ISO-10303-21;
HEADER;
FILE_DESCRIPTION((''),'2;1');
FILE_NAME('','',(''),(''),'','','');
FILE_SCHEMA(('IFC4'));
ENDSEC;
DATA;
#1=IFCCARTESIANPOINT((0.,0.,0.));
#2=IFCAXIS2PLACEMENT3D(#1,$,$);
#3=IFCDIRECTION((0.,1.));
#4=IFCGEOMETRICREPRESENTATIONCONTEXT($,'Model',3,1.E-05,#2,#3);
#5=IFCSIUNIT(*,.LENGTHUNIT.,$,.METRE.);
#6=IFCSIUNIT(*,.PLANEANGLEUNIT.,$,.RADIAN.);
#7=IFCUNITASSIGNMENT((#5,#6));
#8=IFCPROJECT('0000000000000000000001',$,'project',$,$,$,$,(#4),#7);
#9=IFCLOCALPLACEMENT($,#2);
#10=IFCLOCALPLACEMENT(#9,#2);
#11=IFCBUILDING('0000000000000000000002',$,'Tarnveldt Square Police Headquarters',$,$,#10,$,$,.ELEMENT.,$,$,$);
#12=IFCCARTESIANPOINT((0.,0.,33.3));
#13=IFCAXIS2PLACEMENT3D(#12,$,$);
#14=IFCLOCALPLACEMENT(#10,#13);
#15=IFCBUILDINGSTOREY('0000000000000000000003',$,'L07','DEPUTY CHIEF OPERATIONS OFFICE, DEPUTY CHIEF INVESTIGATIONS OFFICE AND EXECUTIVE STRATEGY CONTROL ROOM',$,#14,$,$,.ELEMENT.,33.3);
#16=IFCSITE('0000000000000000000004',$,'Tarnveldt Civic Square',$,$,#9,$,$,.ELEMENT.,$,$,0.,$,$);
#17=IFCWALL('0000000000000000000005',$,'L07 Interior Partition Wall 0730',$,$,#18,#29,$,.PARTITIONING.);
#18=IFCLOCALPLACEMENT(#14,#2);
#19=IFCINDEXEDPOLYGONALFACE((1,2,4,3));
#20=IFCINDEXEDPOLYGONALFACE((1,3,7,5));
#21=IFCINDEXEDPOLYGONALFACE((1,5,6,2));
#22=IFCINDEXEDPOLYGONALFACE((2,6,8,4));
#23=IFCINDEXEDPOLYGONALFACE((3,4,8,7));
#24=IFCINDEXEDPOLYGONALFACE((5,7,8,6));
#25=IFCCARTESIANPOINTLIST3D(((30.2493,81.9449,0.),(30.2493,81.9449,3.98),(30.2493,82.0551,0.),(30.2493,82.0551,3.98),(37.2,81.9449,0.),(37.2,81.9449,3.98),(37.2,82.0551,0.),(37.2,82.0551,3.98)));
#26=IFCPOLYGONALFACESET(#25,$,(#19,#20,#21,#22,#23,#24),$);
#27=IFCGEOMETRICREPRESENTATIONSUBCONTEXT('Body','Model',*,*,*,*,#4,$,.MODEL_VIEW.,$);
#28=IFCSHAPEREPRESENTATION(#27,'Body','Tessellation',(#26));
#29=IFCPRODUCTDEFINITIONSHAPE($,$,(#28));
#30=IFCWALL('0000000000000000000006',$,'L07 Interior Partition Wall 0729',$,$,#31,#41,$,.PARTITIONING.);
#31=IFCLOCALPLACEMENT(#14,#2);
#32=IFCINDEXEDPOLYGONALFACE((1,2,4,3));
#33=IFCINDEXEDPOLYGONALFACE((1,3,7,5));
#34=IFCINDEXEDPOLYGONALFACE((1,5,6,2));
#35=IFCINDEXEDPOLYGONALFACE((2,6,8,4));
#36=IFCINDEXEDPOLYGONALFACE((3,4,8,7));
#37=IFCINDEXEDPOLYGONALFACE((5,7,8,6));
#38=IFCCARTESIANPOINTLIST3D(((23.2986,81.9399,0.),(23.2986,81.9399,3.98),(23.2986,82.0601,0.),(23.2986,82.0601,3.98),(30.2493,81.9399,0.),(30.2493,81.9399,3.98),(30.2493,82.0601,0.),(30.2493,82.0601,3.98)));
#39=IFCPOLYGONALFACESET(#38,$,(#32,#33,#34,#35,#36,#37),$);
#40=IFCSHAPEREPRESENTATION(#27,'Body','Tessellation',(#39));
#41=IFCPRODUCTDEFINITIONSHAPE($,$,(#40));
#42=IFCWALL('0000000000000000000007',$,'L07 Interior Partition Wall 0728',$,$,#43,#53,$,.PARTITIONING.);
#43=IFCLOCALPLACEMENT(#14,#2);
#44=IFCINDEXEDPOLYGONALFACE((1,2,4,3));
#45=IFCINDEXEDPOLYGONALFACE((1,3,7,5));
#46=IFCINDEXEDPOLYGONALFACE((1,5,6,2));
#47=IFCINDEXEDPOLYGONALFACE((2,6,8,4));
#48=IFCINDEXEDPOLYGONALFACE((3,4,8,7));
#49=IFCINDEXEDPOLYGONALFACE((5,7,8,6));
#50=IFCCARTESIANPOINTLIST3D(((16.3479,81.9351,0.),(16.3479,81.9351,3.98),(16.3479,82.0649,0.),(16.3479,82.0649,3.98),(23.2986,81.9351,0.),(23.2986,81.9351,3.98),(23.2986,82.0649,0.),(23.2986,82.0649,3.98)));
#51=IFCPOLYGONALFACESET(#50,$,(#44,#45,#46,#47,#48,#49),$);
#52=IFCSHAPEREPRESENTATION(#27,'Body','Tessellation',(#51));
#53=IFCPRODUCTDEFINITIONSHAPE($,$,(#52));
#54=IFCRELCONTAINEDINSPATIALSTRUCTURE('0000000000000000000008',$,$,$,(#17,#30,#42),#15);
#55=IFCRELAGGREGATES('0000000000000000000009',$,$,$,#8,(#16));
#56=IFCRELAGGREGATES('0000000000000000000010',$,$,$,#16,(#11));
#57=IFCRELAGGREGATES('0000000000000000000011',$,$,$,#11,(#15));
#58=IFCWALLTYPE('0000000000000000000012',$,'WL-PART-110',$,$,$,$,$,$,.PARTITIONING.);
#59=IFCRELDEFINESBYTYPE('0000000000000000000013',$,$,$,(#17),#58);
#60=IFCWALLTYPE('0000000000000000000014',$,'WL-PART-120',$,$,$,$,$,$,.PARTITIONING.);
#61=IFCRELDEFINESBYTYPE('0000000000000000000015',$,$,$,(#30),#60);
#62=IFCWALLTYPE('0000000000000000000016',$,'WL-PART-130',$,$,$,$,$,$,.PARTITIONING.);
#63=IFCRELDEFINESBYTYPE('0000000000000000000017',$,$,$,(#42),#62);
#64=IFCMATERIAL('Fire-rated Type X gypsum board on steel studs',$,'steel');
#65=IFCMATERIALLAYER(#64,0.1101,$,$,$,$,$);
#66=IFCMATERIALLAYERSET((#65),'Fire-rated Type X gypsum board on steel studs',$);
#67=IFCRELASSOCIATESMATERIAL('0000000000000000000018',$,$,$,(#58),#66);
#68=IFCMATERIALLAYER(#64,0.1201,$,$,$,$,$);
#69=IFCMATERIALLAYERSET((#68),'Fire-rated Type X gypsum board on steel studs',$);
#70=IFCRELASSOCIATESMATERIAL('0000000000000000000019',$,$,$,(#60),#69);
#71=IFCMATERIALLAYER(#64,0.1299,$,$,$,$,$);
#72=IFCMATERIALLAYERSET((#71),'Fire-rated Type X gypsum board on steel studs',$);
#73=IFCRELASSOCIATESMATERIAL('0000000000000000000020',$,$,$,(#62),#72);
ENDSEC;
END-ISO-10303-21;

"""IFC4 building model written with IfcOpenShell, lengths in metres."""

from ifc_helpers import new_model, si_unit, direction, frame, frame_2d, origin, place, context, subcontext, project, spatial, rectangle, extrude, material, layer, layer_set, type_object, element, save


model = new_model("IFC4")

# Units and contexts
model_context = context("Model", 3, precision=1e-05, world=origin(), true_north=direction((0.0, 1.0)))
body_context = subcontext(model_context, "Body", "Model", "MODEL_VIEW")
ifc_project = project(units=[si_unit("LENGTHUNIT", "METRE"), si_unit("PLANEANGLEUNIT", "RADIAN")], contexts=[model_context])

# Site, building, storey
site_placement = place(None, origin())
site = spatial("IfcSite", under=ifc_project, at=site_placement, Name="Tarnveldt Civic Square", CompositionType="ELEMENT", RefElevation=0.0)
building_placement = place(site_placement, origin())
building = spatial("IfcBuilding", under=site, at=building_placement, Name="Tarnveldt Square Police Headquarters", CompositionType="ELEMENT")
storey_placement = place(building_placement, frame((0.0, 0.0, 33.3)))
storey = spatial("IfcBuildingStorey", under=building, at=storey_placement, Name="L07", Description="DEPUTY CHIEF OPERATIONS OFFICE, DEPUTY CHIEF INVESTIGATIONS OFFICE AND EXECUTIVE STRATEGY CONTROL ROOM", CompositionType="ELEMENT", Elevation=33.3)

# Shared definitions
ifc_material_1 = material(Name="Fire-rated Type X gypsum board on steel studs", Category="steel")

# Walls
ifc_layer_1 = layer(ifc_material_1, 0.1101)
ifc_layer_set_1 = layer_set([ifc_layer_1], Name="Fire-rated Type X gypsum board on steel studs")
wall_type_1 = type_object("IfcWallType", Name="WL-PART-110", PredefinedType="PARTITIONING", material=ifc_layer_set_1)
wall_1_placement = place(storey_placement, frame((30.2493, 82.0, 0.0), z_axis=(0.0, 0.0, 1.0), x_axis=(1.0, 0.0, 0.0)))
element("IfcWall", 1, at=wall_1_placement, inside=storey, type_object=wall_type_1, Name="L07 Interior Partition Wall 0730", PredefinedType="PARTITIONING", context=body_context, shape_type="SweptSolid", body=[
    extrude(rectangle(XDim=6.9507, YDim=0.1101, at=frame_2d((3.4753, 0.0))), origin(), (0.0, 0.0, 1.0), 3.98),
])
ifc_layer_2 = layer(ifc_material_1, 0.1201)
ifc_layer_set_2 = layer_set([ifc_layer_2], Name="Fire-rated Type X gypsum board on steel studs")
wall_type_2 = type_object("IfcWallType", Name="WL-PART-120", PredefinedType="PARTITIONING", material=ifc_layer_set_2)
wall_2_placement = place(storey_placement, frame((23.2986, 82.0, 0.0), z_axis=(0.0, 0.0, 1.0), x_axis=(1.0, 0.0, 0.0)))
element("IfcWall", 2, at=wall_2_placement, inside=storey, type_object=wall_type_2, Name="L07 Interior Partition Wall 0729", PredefinedType="PARTITIONING", context=body_context, shape_type="SweptSolid", body=[
    extrude(rectangle(XDim=6.9507, YDim=0.1201, at=frame_2d((3.4753, 0.0))), origin(), (0.0, 0.0, 1.0), 3.98),
])
ifc_layer_3 = layer(ifc_material_1, 0.1299)
ifc_layer_set_3 = layer_set([ifc_layer_3], Name="Fire-rated Type X gypsum board on steel studs")
wall_type_3 = type_object("IfcWallType", Name="WL-PART-130", PredefinedType="PARTITIONING", material=ifc_layer_set_3)
wall_3_placement = place(storey_placement, frame((16.3479, 82.0, 0.0), z_axis=(0.0, 0.0, 1.0), x_axis=(1.0, 0.0, 0.0)))
element("IfcWall", 3, at=wall_3_placement, inside=storey, type_object=wall_type_3, Name="L07 Interior Partition Wall 0728", PredefinedType="PARTITIONING", context=body_context, shape_type="SweptSolid", body=[
    extrude(rectangle(XDim=6.9507, YDim=0.1299, at=frame_2d((3.4753, 0.0))), origin(), (0.0, 0.0, 1.0), 3.98),
])

save(model, "model.ifc")
